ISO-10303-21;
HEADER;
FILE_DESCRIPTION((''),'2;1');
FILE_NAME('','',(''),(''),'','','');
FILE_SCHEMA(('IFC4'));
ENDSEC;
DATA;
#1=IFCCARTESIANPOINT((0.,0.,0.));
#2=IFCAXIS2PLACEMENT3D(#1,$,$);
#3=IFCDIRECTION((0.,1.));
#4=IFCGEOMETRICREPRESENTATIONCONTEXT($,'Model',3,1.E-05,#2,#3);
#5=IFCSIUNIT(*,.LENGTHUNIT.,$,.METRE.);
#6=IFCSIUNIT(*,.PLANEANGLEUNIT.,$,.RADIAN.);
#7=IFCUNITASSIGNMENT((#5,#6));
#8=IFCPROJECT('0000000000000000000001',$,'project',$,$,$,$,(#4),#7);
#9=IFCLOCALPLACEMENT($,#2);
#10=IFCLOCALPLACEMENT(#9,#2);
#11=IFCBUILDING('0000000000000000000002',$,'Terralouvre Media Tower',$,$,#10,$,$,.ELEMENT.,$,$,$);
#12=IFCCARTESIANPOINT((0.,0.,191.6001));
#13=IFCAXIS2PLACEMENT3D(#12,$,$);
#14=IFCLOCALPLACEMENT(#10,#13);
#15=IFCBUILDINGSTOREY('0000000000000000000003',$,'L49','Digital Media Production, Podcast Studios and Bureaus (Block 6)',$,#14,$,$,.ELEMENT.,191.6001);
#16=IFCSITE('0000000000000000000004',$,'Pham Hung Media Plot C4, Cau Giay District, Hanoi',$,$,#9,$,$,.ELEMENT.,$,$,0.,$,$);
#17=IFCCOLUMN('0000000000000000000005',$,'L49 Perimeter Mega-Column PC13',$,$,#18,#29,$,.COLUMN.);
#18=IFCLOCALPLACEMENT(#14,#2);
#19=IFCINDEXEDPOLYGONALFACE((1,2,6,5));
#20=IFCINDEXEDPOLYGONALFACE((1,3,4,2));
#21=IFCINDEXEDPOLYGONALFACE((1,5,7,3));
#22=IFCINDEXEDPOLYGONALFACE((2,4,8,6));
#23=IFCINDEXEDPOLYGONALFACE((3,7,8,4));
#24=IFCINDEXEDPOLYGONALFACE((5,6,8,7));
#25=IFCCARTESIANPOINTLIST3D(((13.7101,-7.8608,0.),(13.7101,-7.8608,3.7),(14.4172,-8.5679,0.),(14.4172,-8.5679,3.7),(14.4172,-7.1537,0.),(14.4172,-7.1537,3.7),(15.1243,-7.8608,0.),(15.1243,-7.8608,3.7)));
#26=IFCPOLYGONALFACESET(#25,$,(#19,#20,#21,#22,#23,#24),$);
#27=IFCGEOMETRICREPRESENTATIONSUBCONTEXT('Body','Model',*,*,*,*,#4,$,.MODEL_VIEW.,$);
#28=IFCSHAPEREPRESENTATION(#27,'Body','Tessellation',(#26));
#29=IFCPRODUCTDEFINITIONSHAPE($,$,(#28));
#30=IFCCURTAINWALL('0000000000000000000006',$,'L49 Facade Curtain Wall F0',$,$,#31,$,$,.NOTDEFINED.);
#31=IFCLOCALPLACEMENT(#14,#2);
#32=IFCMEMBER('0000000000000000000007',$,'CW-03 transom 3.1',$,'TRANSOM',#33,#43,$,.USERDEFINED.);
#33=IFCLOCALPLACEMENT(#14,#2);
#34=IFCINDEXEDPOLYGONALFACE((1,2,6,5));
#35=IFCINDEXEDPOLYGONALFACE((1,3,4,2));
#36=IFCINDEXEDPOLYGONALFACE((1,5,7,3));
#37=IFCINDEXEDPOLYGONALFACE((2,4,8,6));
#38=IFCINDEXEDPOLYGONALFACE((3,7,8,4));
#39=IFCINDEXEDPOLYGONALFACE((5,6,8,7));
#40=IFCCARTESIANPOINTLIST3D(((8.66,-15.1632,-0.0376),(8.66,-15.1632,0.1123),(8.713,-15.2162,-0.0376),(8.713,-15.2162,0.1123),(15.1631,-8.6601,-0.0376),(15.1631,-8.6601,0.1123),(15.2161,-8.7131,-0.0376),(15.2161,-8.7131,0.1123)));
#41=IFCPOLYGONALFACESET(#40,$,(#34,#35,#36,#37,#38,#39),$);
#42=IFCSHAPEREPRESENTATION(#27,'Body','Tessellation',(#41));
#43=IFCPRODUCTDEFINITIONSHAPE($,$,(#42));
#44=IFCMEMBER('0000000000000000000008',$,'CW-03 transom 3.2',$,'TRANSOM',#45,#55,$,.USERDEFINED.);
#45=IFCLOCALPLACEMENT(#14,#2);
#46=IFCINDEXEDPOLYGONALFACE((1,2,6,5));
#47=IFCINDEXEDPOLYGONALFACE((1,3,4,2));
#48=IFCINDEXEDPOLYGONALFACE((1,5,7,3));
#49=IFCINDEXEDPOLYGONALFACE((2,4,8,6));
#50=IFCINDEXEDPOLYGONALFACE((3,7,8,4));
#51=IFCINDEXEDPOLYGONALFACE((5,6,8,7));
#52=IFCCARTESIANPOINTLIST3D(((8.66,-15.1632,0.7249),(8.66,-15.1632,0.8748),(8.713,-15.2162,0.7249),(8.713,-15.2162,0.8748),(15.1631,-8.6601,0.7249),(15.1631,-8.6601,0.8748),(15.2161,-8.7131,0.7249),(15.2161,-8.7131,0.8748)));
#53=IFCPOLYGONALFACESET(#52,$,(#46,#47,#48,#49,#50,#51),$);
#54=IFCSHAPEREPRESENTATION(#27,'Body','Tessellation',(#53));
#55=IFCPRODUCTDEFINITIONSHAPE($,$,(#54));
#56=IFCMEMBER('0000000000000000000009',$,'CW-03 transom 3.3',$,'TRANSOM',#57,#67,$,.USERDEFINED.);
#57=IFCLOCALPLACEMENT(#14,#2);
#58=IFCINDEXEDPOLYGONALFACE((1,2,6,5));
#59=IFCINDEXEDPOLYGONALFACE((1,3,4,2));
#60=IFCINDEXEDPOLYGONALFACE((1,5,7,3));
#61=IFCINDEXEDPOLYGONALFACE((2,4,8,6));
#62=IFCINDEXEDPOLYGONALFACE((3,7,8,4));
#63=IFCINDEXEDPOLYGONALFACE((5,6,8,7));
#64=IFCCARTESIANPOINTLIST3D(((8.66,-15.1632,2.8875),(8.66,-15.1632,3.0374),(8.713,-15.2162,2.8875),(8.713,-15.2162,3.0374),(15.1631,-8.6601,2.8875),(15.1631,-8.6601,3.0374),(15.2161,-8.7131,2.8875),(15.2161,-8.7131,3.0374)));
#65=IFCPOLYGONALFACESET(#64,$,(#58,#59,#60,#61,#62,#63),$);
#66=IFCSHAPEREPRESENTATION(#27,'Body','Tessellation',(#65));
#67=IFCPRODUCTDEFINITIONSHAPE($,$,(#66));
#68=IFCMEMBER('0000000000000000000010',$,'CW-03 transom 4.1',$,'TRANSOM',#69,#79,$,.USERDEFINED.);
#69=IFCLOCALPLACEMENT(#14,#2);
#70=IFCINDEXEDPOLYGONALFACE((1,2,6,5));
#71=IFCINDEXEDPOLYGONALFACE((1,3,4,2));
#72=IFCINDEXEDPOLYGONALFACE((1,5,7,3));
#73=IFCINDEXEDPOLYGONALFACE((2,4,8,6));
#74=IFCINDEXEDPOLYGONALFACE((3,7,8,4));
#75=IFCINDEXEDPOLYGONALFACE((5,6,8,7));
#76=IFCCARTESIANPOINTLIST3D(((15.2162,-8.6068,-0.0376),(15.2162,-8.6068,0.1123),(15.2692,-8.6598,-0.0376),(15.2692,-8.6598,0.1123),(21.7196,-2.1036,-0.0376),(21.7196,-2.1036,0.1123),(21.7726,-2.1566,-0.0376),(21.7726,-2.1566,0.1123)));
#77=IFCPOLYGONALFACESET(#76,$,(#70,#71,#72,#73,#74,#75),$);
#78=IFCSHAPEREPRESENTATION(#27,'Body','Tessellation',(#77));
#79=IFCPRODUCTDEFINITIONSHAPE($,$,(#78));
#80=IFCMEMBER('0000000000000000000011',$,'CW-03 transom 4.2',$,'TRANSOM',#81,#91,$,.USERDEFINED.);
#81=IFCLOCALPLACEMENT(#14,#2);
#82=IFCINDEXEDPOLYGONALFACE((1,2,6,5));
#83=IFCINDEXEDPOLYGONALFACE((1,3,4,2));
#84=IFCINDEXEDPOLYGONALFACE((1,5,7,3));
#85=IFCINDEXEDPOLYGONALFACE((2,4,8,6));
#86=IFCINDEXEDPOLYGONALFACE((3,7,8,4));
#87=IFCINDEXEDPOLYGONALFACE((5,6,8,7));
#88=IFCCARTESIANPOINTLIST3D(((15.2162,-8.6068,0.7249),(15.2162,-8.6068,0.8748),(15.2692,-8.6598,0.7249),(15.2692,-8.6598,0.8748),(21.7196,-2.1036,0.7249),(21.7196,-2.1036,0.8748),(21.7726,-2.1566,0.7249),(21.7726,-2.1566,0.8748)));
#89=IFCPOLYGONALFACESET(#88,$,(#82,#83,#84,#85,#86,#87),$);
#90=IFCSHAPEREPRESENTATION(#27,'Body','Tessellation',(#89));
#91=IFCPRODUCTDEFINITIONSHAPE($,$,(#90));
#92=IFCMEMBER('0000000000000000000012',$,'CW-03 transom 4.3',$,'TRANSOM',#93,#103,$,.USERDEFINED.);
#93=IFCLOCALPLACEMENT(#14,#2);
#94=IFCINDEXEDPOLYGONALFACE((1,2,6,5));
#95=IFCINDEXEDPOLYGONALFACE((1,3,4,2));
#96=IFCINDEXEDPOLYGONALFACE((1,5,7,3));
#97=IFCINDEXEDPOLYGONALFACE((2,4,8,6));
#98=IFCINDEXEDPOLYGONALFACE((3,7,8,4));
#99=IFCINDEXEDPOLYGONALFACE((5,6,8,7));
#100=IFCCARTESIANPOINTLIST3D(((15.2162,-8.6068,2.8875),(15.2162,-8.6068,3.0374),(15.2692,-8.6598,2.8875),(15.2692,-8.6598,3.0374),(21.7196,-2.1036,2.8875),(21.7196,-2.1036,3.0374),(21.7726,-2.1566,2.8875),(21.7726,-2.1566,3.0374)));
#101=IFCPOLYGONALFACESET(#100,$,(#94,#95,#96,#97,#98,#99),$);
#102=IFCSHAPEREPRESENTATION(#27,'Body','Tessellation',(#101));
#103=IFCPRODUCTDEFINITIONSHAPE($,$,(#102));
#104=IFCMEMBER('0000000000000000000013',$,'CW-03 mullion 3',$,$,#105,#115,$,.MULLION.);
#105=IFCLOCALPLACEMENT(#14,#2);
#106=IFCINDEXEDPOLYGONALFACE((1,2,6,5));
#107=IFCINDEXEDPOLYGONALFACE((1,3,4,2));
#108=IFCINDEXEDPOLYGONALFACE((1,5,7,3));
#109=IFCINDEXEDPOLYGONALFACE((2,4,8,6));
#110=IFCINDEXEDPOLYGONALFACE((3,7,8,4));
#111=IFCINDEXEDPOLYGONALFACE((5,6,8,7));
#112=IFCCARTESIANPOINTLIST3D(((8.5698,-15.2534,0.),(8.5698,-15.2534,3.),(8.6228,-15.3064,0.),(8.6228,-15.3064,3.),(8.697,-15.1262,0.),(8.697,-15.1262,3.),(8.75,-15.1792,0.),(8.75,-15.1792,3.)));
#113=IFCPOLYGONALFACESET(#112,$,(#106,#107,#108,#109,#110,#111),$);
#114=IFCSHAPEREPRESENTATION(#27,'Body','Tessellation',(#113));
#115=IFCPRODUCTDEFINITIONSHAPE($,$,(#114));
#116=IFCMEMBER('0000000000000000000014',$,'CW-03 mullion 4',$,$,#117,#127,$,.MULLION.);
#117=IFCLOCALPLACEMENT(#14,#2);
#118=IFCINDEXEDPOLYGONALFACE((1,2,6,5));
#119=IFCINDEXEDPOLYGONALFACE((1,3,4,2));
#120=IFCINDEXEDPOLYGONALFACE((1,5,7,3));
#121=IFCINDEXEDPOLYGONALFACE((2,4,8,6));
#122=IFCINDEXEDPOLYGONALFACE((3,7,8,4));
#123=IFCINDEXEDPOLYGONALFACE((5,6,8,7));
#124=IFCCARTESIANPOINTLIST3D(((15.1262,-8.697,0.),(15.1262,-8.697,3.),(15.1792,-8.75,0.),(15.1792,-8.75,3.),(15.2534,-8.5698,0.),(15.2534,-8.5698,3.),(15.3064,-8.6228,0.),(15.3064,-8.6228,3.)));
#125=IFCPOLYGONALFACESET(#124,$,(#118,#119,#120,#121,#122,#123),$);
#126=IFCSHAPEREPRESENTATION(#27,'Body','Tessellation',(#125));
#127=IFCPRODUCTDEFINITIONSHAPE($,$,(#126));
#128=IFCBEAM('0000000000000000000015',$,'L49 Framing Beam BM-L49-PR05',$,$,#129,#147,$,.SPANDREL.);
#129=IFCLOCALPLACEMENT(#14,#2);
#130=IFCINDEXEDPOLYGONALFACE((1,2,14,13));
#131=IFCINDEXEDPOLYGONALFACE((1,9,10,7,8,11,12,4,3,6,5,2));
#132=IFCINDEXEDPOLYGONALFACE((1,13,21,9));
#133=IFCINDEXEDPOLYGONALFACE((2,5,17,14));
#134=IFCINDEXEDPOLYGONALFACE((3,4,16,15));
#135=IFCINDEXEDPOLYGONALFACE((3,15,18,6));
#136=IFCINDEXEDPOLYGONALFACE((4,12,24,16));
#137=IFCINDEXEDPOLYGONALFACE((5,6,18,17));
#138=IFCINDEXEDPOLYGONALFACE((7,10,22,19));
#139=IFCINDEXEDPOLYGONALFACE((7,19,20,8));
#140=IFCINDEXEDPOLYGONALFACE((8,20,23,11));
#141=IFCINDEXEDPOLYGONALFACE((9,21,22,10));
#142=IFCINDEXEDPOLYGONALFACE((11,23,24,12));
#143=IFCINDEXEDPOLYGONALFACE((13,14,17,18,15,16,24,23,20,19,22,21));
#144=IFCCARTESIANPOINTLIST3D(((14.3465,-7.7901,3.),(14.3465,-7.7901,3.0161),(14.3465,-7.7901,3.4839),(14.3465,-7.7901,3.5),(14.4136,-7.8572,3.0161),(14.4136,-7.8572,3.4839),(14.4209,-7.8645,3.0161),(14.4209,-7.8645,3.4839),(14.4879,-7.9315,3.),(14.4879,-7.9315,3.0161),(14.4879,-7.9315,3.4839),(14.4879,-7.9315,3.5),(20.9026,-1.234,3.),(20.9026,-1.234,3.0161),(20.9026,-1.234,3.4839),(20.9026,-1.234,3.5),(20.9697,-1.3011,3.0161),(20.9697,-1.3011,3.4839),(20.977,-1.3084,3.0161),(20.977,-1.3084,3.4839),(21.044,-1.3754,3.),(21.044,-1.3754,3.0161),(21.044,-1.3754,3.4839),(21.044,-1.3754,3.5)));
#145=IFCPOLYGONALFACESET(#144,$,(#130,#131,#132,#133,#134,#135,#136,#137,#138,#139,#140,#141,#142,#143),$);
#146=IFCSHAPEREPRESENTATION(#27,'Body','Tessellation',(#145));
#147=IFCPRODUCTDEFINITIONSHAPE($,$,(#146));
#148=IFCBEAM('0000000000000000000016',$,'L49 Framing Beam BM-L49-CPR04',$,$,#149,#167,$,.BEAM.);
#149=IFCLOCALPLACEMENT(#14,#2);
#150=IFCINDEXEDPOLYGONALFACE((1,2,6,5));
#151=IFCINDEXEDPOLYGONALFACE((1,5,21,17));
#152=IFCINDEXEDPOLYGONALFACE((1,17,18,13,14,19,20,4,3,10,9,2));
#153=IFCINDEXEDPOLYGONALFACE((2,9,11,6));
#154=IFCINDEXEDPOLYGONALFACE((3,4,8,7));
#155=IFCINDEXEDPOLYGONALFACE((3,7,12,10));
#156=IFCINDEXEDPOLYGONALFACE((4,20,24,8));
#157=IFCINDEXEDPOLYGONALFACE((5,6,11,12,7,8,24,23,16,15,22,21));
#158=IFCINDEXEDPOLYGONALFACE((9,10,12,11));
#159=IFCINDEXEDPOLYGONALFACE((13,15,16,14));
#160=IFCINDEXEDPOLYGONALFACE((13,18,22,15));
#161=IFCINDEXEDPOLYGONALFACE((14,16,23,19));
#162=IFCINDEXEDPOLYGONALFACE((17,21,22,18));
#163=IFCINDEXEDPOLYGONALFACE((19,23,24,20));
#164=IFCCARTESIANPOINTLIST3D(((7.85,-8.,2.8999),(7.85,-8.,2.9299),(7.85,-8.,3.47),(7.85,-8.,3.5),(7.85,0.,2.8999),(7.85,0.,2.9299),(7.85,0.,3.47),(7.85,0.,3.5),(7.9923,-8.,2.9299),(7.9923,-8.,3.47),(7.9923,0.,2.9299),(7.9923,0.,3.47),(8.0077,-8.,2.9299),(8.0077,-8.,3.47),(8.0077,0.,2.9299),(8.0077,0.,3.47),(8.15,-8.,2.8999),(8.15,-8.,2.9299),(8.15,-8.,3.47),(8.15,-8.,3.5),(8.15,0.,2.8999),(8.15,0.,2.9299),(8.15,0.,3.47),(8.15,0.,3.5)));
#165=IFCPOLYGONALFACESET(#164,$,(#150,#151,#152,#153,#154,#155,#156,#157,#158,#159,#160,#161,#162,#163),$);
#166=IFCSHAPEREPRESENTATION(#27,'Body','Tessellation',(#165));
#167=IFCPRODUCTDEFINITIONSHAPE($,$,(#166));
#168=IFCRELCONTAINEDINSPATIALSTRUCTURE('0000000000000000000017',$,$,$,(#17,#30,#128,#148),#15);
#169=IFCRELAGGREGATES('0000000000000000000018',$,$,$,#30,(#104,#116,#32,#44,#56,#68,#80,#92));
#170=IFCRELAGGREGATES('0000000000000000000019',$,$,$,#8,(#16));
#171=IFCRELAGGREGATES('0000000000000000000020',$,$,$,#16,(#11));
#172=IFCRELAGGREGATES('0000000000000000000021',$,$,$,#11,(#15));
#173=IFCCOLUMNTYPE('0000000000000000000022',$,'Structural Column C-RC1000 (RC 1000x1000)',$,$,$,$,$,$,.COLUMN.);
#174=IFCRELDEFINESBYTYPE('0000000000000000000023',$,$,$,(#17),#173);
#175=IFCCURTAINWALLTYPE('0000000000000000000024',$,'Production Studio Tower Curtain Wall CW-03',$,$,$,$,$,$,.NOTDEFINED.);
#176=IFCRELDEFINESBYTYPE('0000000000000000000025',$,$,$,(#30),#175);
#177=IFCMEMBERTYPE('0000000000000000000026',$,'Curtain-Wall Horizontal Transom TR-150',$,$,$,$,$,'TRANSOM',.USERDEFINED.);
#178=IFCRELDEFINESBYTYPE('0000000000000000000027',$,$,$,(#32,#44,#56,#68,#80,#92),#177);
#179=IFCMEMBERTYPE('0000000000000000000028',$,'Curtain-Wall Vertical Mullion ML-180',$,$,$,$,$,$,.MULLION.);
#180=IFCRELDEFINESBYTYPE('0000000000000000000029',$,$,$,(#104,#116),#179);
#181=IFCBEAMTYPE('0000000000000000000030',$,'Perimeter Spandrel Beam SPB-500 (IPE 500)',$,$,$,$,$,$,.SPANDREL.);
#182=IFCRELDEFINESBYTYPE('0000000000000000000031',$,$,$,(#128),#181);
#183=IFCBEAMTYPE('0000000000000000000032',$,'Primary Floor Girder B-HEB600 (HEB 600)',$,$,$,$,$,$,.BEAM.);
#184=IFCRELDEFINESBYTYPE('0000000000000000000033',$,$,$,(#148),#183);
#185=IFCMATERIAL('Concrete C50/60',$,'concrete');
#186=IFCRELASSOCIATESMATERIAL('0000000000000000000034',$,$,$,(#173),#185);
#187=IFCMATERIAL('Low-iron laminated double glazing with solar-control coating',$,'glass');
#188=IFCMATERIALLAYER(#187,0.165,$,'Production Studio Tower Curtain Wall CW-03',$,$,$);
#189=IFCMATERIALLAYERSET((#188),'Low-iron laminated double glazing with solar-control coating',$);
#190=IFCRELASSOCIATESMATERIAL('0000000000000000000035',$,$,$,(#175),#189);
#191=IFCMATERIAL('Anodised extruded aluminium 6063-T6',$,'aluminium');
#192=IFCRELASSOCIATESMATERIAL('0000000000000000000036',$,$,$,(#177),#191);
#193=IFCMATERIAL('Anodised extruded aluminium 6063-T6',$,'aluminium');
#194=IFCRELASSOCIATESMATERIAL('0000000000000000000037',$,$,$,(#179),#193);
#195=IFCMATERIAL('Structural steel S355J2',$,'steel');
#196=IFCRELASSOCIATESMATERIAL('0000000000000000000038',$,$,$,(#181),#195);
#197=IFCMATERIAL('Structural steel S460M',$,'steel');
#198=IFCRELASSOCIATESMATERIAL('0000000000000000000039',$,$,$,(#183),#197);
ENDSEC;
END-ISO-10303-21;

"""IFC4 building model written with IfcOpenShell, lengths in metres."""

from ifc_helpers import new_model, si_unit, direction, frame, origin, origin_2d, place, context, subcontext, project, spatial, rectangle, i_section, extrude, material, layer, layer_set, material_profile, profile_set, type_object, element, aggregate, save


model = new_model("IFC4")

# Units and contexts
model_context = context("Model", 3, precision=1e-05, world=origin(), true_north=direction((0.0, 1.0)))
body_context = subcontext(model_context, "Body", "Model", "MODEL_VIEW")
ifc_project = project(units=[si_unit("LENGTHUNIT", "METRE"), si_unit("PLANEANGLEUNIT", "RADIAN")], contexts=[model_context])

# Site, building, storey
site_placement = place(None, origin())
site = spatial("IfcSite", under=ifc_project, at=site_placement, Name="Pham Hung Media Plot C4, Cau Giay District, Hanoi", CompositionType="ELEMENT", RefElevation=0.0)
building_placement = place(site_placement, origin())
building = spatial("IfcBuilding", under=site, at=building_placement, Name="Terralouvre Media Tower", CompositionType="ELEMENT")
storey_placement = place(building_placement, frame((0.0, 0.0, 191.6001)))
storey = spatial("IfcBuildingStorey", under=building, at=storey_placement, Name="L49", Description="Digital Media Production, Podcast Studios and Bureaus (Block 6)", CompositionType="ELEMENT", Elevation=191.6001)

# Column
ifc_material_1 = material(Name="Concrete C50/60", Category="concrete")
ifc_material_profile_1 = material_profile(ifc_material_1, rectangle(XDim=1.0, YDim=1.0, at=origin_2d()), Name="RC 1000x1000")
ifc_profile_set_1 = profile_set([ifc_material_profile_1], Name="Concrete C50/60")
column_type = type_object("IfcColumnType", Name="Structural Column C-RC1000 (RC 1000x1000)", PredefinedType="COLUMN", material=ifc_profile_set_1)
column_placement = place(storey_placement, frame((14.4172, -7.8608, 0.0), z_axis=(0.0, 0.0, 1.0), x_axis=(0.707107, 0.707107, 0.0)))
element("IfcColumn", 1, at=column_placement, inside=storey, type_object=column_type, Name="L49 Perimeter Mega-Column PC13", PredefinedType="COLUMN", context=body_context, shape_type="SweptSolid", body=[
    extrude(rectangle(XDim=1.0, YDim=1.0, at=origin_2d()), origin(), (0.0, 0.0, 1.0), 3.7),
])

# Curtain wall, members
ifc_material_2 = material(Name="Low-iron laminated double glazing with solar-control coating", Category="glass")
ifc_layer_1 = layer(ifc_material_2, 0.165, Name="Production Studio Tower Curtain Wall CW-03")
ifc_layer_set_1 = layer_set([ifc_layer_1], Name="Low-iron laminated double glazing with solar-control coating")
curtain_wall_type = type_object("IfcCurtainWallType", Name="Production Studio Tower Curtain Wall CW-03", PredefinedType="NOTDEFINED", material=ifc_layer_set_1)
curtain_wall_placement = place(storey_placement, origin())
curtain_wall = element("IfcCurtainWall", 2, at=curtain_wall_placement, inside=storey, type_object=curtain_wall_type, Name="L49 Facade Curtain Wall F0", PredefinedType="NOTDEFINED")
ifc_material_3 = material(Name="Anodised extruded aluminium 6063-T6", Category="aluminium")
ifc_material_profile_2 = material_profile(ifc_material_3, rectangle(XDim=0.075, YDim=0.1499, at=origin_2d()), Name="ALU 75x150")
ifc_profile_set_2 = profile_set([ifc_material_profile_2], Name="Anodised extruded aluminium 6063-T6")
member_type_1 = type_object("IfcMemberType", Name="Curtain-Wall Horizontal Transom TR-150", ElementType="TRANSOM", PredefinedType="USERDEFINED", material=ifc_profile_set_2)
member_1_placement = place(storey_placement, frame((8.6865, -15.1897, 0.0374), z_axis=(0.707107, 0.707107, 0.0), x_axis=(-0.707107, 0.707107, 0.0)))
member_1 = element("IfcMember", 3, at=member_1_placement, type_object=member_type_1, Name="CW-03 transom 3.1", ObjectType="TRANSOM", PredefinedType="USERDEFINED", context=body_context, shape_type="SweptSolid", body=[
    extrude(rectangle(XDim=0.075, YDim=0.1499, at=origin_2d()), origin(), (0.0, 0.0, 1.0), 9.1968),
])
member_2_placement = place(storey_placement, frame((8.6865, -15.1897, 0.7998), z_axis=(0.707107, 0.707107, 0.0), x_axis=(-0.707107, 0.707107, 0.0)))
member_2 = element("IfcMember", 4, at=member_2_placement, type_object=member_type_1, Name="CW-03 transom 3.2", ObjectType="TRANSOM", PredefinedType="USERDEFINED", context=body_context, shape_type="SweptSolid", body=[
    extrude(rectangle(XDim=0.075, YDim=0.1499, at=origin_2d()), origin(), (0.0, 0.0, 1.0), 9.1968),
])
member_3_placement = place(storey_placement, frame((8.6865, -15.1897, 2.9624), z_axis=(0.707107, 0.707107, 0.0), x_axis=(-0.707107, 0.707107, 0.0)))
member_3 = element("IfcMember", 5, at=member_3_placement, type_object=member_type_1, Name="CW-03 transom 3.3", ObjectType="TRANSOM", PredefinedType="USERDEFINED", context=body_context, shape_type="SweptSolid", body=[
    extrude(rectangle(XDim=0.075, YDim=0.1499, at=origin_2d()), origin(), (0.0, 0.0, 1.0), 9.1968),
])
member_4_placement = place(storey_placement, frame((15.2427, -8.6333, 0.0374), z_axis=(0.70712, 0.707094, 0.0), x_axis=(-0.707094, 0.70712, 0.0)))
member_4 = element("IfcMember", 6, at=member_4_placement, type_object=member_type_1, Name="CW-03 transom 4.1", ObjectType="TRANSOM", PredefinedType="USERDEFINED", context=body_context, shape_type="SweptSolid", body=[
    extrude(rectangle(XDim=0.075, YDim=0.1499, at=origin_2d()), origin(), (0.0, 0.0, 1.0), 9.197),
])
member_5_placement = place(storey_placement, frame((15.2427, -8.6333, 0.7998), z_axis=(0.70712, 0.707094, 0.0), x_axis=(-0.707094, 0.70712, 0.0)))
member_5 = element("IfcMember", 7, at=member_5_placement, type_object=member_type_1, Name="CW-03 transom 4.2", ObjectType="TRANSOM", PredefinedType="USERDEFINED", context=body_context, shape_type="SweptSolid", body=[
    extrude(rectangle(XDim=0.075, YDim=0.1499, at=origin_2d()), origin(), (0.0, 0.0, 1.0), 9.197),
])
member_6_placement = place(storey_placement, frame((15.2427, -8.6333, 2.9624), z_axis=(0.70712, 0.707094, 0.0), x_axis=(-0.707094, 0.70712, 0.0)))
member_6 = element("IfcMember", 8, at=member_6_placement, type_object=member_type_1, Name="CW-03 transom 4.3", ObjectType="TRANSOM", PredefinedType="USERDEFINED", context=body_context, shape_type="SweptSolid", body=[
    extrude(rectangle(XDim=0.075, YDim=0.1499, at=origin_2d()), origin(), (0.0, 0.0, 1.0), 9.197),
])
ifc_material_4 = material(Name="Anodised extruded aluminium 6063-T6", Category="aluminium")
ifc_material_profile_3 = material_profile(ifc_material_4, rectangle(XDim=0.075, YDim=0.1799, at=origin_2d()), Name="ALU 75x180")
ifc_profile_set_3 = profile_set([ifc_material_profile_3], Name="Anodised extruded aluminium 6063-T6")
member_type_2 = type_object("IfcMemberType", Name="Curtain-Wall Vertical Mullion ML-180", PredefinedType="MULLION", material=ifc_profile_set_3)
member_7_placement = place(storey_placement, frame((8.6599, -15.2163, 0.0), z_axis=(0.0, 0.0, 1.0), x_axis=(-0.707107, 0.707107, 0.0)))
member_7 = element("IfcMember", 9, at=member_7_placement, type_object=member_type_2, Name="CW-03 mullion 3", PredefinedType="MULLION", context=body_context, shape_type="SweptSolid", body=[
    extrude(rectangle(XDim=0.075, YDim=0.1799, at=origin_2d()), origin(), (0.0, 0.0, 1.0), 3.0),
])
member_8_placement = place(storey_placement, frame((15.2163, -8.6599, 0.0), z_axis=(0.0, 0.0, 1.0), x_axis=(-0.707107, 0.707107, 0.0)))
member_8 = element("IfcMember", 10, at=member_8_placement, type_object=member_type_2, Name="CW-03 mullion 4", PredefinedType="MULLION", context=body_context, shape_type="SweptSolid", body=[
    extrude(rectangle(XDim=0.075, YDim=0.1799, at=origin_2d()), origin(), (0.0, 0.0, 1.0), 3.0),
])

# Beams
ifc_material_5 = material(Name="Structural steel S355J2", Category="steel")
ifc_material_profile_4 = material_profile(ifc_material_5, i_section(OverallWidth=0.2, OverallDepth=0.5, WebThickness=0.0103, FlangeThickness=0.0161, at=origin_2d()), Name="IPE 500")
ifc_profile_set_4 = profile_set([ifc_material_profile_4], Name="Structural steel S355J2")
beam_type_1 = type_object("IfcBeamType", Name="Perimeter Spandrel Beam SPB-500 (IPE 500)", PredefinedType="SPANDREL", material=ifc_profile_set_4)
beam_1_placement = place(storey_placement, frame((14.4172, -7.8608, 3.25), z_axis=(0.707107, 0.707107, 0.0), x_axis=(-0.707107, 0.707107, 0.0)))
element("IfcBeam", 11, at=beam_1_placement, inside=storey, type_object=beam_type_1, Name="L49 Framing Beam BM-L49-PR05", PredefinedType="SPANDREL", context=body_context, shape_type="SweptSolid", body=[
    extrude(i_section(OverallWidth=0.2, OverallDepth=0.5, WebThickness=0.0103, FlangeThickness=0.0161, at=origin_2d()), origin(), (0.0, 0.0, 1.0), 9.2717),
])
ifc_material_6 = material(Name="Structural steel S460M", Category="steel")
ifc_material_profile_5 = material_profile(ifc_material_6, i_section(OverallWidth=0.3, OverallDepth=0.6001, WebThickness=0.0154, FlangeThickness=0.03, at=origin_2d()), Name="HEB 600")
ifc_profile_set_5 = profile_set([ifc_material_profile_5], Name="Structural steel S460M")
beam_type_2 = type_object("IfcBeamType", Name="Primary Floor Girder B-HEB600 (HEB 600)", PredefinedType="BEAM", material=ifc_profile_set_5)
beam_2_placement = place(storey_placement, frame((8.0, -8.0, 3.2), z_axis=(0.0, 1.0, 0.0), x_axis=(-1.0, 0.0, 0.0)))
element("IfcBeam", 12, at=beam_2_placement, inside=storey, type_object=beam_type_2, Name="L49 Framing Beam BM-L49-CPR04", PredefinedType="BEAM", context=body_context, shape_type="SweptSolid", body=[
    extrude(i_section(OverallWidth=0.3, OverallDepth=0.6001, WebThickness=0.0154, FlangeThickness=0.03, at=origin_2d()), origin(), (0.0, 0.0, 1.0), 8.0),
])

aggregate(curtain_wall, [member_7, member_8, member_1, member_2, member_3, member_4, member_5, member_6])

save(model, "model.ifc")
